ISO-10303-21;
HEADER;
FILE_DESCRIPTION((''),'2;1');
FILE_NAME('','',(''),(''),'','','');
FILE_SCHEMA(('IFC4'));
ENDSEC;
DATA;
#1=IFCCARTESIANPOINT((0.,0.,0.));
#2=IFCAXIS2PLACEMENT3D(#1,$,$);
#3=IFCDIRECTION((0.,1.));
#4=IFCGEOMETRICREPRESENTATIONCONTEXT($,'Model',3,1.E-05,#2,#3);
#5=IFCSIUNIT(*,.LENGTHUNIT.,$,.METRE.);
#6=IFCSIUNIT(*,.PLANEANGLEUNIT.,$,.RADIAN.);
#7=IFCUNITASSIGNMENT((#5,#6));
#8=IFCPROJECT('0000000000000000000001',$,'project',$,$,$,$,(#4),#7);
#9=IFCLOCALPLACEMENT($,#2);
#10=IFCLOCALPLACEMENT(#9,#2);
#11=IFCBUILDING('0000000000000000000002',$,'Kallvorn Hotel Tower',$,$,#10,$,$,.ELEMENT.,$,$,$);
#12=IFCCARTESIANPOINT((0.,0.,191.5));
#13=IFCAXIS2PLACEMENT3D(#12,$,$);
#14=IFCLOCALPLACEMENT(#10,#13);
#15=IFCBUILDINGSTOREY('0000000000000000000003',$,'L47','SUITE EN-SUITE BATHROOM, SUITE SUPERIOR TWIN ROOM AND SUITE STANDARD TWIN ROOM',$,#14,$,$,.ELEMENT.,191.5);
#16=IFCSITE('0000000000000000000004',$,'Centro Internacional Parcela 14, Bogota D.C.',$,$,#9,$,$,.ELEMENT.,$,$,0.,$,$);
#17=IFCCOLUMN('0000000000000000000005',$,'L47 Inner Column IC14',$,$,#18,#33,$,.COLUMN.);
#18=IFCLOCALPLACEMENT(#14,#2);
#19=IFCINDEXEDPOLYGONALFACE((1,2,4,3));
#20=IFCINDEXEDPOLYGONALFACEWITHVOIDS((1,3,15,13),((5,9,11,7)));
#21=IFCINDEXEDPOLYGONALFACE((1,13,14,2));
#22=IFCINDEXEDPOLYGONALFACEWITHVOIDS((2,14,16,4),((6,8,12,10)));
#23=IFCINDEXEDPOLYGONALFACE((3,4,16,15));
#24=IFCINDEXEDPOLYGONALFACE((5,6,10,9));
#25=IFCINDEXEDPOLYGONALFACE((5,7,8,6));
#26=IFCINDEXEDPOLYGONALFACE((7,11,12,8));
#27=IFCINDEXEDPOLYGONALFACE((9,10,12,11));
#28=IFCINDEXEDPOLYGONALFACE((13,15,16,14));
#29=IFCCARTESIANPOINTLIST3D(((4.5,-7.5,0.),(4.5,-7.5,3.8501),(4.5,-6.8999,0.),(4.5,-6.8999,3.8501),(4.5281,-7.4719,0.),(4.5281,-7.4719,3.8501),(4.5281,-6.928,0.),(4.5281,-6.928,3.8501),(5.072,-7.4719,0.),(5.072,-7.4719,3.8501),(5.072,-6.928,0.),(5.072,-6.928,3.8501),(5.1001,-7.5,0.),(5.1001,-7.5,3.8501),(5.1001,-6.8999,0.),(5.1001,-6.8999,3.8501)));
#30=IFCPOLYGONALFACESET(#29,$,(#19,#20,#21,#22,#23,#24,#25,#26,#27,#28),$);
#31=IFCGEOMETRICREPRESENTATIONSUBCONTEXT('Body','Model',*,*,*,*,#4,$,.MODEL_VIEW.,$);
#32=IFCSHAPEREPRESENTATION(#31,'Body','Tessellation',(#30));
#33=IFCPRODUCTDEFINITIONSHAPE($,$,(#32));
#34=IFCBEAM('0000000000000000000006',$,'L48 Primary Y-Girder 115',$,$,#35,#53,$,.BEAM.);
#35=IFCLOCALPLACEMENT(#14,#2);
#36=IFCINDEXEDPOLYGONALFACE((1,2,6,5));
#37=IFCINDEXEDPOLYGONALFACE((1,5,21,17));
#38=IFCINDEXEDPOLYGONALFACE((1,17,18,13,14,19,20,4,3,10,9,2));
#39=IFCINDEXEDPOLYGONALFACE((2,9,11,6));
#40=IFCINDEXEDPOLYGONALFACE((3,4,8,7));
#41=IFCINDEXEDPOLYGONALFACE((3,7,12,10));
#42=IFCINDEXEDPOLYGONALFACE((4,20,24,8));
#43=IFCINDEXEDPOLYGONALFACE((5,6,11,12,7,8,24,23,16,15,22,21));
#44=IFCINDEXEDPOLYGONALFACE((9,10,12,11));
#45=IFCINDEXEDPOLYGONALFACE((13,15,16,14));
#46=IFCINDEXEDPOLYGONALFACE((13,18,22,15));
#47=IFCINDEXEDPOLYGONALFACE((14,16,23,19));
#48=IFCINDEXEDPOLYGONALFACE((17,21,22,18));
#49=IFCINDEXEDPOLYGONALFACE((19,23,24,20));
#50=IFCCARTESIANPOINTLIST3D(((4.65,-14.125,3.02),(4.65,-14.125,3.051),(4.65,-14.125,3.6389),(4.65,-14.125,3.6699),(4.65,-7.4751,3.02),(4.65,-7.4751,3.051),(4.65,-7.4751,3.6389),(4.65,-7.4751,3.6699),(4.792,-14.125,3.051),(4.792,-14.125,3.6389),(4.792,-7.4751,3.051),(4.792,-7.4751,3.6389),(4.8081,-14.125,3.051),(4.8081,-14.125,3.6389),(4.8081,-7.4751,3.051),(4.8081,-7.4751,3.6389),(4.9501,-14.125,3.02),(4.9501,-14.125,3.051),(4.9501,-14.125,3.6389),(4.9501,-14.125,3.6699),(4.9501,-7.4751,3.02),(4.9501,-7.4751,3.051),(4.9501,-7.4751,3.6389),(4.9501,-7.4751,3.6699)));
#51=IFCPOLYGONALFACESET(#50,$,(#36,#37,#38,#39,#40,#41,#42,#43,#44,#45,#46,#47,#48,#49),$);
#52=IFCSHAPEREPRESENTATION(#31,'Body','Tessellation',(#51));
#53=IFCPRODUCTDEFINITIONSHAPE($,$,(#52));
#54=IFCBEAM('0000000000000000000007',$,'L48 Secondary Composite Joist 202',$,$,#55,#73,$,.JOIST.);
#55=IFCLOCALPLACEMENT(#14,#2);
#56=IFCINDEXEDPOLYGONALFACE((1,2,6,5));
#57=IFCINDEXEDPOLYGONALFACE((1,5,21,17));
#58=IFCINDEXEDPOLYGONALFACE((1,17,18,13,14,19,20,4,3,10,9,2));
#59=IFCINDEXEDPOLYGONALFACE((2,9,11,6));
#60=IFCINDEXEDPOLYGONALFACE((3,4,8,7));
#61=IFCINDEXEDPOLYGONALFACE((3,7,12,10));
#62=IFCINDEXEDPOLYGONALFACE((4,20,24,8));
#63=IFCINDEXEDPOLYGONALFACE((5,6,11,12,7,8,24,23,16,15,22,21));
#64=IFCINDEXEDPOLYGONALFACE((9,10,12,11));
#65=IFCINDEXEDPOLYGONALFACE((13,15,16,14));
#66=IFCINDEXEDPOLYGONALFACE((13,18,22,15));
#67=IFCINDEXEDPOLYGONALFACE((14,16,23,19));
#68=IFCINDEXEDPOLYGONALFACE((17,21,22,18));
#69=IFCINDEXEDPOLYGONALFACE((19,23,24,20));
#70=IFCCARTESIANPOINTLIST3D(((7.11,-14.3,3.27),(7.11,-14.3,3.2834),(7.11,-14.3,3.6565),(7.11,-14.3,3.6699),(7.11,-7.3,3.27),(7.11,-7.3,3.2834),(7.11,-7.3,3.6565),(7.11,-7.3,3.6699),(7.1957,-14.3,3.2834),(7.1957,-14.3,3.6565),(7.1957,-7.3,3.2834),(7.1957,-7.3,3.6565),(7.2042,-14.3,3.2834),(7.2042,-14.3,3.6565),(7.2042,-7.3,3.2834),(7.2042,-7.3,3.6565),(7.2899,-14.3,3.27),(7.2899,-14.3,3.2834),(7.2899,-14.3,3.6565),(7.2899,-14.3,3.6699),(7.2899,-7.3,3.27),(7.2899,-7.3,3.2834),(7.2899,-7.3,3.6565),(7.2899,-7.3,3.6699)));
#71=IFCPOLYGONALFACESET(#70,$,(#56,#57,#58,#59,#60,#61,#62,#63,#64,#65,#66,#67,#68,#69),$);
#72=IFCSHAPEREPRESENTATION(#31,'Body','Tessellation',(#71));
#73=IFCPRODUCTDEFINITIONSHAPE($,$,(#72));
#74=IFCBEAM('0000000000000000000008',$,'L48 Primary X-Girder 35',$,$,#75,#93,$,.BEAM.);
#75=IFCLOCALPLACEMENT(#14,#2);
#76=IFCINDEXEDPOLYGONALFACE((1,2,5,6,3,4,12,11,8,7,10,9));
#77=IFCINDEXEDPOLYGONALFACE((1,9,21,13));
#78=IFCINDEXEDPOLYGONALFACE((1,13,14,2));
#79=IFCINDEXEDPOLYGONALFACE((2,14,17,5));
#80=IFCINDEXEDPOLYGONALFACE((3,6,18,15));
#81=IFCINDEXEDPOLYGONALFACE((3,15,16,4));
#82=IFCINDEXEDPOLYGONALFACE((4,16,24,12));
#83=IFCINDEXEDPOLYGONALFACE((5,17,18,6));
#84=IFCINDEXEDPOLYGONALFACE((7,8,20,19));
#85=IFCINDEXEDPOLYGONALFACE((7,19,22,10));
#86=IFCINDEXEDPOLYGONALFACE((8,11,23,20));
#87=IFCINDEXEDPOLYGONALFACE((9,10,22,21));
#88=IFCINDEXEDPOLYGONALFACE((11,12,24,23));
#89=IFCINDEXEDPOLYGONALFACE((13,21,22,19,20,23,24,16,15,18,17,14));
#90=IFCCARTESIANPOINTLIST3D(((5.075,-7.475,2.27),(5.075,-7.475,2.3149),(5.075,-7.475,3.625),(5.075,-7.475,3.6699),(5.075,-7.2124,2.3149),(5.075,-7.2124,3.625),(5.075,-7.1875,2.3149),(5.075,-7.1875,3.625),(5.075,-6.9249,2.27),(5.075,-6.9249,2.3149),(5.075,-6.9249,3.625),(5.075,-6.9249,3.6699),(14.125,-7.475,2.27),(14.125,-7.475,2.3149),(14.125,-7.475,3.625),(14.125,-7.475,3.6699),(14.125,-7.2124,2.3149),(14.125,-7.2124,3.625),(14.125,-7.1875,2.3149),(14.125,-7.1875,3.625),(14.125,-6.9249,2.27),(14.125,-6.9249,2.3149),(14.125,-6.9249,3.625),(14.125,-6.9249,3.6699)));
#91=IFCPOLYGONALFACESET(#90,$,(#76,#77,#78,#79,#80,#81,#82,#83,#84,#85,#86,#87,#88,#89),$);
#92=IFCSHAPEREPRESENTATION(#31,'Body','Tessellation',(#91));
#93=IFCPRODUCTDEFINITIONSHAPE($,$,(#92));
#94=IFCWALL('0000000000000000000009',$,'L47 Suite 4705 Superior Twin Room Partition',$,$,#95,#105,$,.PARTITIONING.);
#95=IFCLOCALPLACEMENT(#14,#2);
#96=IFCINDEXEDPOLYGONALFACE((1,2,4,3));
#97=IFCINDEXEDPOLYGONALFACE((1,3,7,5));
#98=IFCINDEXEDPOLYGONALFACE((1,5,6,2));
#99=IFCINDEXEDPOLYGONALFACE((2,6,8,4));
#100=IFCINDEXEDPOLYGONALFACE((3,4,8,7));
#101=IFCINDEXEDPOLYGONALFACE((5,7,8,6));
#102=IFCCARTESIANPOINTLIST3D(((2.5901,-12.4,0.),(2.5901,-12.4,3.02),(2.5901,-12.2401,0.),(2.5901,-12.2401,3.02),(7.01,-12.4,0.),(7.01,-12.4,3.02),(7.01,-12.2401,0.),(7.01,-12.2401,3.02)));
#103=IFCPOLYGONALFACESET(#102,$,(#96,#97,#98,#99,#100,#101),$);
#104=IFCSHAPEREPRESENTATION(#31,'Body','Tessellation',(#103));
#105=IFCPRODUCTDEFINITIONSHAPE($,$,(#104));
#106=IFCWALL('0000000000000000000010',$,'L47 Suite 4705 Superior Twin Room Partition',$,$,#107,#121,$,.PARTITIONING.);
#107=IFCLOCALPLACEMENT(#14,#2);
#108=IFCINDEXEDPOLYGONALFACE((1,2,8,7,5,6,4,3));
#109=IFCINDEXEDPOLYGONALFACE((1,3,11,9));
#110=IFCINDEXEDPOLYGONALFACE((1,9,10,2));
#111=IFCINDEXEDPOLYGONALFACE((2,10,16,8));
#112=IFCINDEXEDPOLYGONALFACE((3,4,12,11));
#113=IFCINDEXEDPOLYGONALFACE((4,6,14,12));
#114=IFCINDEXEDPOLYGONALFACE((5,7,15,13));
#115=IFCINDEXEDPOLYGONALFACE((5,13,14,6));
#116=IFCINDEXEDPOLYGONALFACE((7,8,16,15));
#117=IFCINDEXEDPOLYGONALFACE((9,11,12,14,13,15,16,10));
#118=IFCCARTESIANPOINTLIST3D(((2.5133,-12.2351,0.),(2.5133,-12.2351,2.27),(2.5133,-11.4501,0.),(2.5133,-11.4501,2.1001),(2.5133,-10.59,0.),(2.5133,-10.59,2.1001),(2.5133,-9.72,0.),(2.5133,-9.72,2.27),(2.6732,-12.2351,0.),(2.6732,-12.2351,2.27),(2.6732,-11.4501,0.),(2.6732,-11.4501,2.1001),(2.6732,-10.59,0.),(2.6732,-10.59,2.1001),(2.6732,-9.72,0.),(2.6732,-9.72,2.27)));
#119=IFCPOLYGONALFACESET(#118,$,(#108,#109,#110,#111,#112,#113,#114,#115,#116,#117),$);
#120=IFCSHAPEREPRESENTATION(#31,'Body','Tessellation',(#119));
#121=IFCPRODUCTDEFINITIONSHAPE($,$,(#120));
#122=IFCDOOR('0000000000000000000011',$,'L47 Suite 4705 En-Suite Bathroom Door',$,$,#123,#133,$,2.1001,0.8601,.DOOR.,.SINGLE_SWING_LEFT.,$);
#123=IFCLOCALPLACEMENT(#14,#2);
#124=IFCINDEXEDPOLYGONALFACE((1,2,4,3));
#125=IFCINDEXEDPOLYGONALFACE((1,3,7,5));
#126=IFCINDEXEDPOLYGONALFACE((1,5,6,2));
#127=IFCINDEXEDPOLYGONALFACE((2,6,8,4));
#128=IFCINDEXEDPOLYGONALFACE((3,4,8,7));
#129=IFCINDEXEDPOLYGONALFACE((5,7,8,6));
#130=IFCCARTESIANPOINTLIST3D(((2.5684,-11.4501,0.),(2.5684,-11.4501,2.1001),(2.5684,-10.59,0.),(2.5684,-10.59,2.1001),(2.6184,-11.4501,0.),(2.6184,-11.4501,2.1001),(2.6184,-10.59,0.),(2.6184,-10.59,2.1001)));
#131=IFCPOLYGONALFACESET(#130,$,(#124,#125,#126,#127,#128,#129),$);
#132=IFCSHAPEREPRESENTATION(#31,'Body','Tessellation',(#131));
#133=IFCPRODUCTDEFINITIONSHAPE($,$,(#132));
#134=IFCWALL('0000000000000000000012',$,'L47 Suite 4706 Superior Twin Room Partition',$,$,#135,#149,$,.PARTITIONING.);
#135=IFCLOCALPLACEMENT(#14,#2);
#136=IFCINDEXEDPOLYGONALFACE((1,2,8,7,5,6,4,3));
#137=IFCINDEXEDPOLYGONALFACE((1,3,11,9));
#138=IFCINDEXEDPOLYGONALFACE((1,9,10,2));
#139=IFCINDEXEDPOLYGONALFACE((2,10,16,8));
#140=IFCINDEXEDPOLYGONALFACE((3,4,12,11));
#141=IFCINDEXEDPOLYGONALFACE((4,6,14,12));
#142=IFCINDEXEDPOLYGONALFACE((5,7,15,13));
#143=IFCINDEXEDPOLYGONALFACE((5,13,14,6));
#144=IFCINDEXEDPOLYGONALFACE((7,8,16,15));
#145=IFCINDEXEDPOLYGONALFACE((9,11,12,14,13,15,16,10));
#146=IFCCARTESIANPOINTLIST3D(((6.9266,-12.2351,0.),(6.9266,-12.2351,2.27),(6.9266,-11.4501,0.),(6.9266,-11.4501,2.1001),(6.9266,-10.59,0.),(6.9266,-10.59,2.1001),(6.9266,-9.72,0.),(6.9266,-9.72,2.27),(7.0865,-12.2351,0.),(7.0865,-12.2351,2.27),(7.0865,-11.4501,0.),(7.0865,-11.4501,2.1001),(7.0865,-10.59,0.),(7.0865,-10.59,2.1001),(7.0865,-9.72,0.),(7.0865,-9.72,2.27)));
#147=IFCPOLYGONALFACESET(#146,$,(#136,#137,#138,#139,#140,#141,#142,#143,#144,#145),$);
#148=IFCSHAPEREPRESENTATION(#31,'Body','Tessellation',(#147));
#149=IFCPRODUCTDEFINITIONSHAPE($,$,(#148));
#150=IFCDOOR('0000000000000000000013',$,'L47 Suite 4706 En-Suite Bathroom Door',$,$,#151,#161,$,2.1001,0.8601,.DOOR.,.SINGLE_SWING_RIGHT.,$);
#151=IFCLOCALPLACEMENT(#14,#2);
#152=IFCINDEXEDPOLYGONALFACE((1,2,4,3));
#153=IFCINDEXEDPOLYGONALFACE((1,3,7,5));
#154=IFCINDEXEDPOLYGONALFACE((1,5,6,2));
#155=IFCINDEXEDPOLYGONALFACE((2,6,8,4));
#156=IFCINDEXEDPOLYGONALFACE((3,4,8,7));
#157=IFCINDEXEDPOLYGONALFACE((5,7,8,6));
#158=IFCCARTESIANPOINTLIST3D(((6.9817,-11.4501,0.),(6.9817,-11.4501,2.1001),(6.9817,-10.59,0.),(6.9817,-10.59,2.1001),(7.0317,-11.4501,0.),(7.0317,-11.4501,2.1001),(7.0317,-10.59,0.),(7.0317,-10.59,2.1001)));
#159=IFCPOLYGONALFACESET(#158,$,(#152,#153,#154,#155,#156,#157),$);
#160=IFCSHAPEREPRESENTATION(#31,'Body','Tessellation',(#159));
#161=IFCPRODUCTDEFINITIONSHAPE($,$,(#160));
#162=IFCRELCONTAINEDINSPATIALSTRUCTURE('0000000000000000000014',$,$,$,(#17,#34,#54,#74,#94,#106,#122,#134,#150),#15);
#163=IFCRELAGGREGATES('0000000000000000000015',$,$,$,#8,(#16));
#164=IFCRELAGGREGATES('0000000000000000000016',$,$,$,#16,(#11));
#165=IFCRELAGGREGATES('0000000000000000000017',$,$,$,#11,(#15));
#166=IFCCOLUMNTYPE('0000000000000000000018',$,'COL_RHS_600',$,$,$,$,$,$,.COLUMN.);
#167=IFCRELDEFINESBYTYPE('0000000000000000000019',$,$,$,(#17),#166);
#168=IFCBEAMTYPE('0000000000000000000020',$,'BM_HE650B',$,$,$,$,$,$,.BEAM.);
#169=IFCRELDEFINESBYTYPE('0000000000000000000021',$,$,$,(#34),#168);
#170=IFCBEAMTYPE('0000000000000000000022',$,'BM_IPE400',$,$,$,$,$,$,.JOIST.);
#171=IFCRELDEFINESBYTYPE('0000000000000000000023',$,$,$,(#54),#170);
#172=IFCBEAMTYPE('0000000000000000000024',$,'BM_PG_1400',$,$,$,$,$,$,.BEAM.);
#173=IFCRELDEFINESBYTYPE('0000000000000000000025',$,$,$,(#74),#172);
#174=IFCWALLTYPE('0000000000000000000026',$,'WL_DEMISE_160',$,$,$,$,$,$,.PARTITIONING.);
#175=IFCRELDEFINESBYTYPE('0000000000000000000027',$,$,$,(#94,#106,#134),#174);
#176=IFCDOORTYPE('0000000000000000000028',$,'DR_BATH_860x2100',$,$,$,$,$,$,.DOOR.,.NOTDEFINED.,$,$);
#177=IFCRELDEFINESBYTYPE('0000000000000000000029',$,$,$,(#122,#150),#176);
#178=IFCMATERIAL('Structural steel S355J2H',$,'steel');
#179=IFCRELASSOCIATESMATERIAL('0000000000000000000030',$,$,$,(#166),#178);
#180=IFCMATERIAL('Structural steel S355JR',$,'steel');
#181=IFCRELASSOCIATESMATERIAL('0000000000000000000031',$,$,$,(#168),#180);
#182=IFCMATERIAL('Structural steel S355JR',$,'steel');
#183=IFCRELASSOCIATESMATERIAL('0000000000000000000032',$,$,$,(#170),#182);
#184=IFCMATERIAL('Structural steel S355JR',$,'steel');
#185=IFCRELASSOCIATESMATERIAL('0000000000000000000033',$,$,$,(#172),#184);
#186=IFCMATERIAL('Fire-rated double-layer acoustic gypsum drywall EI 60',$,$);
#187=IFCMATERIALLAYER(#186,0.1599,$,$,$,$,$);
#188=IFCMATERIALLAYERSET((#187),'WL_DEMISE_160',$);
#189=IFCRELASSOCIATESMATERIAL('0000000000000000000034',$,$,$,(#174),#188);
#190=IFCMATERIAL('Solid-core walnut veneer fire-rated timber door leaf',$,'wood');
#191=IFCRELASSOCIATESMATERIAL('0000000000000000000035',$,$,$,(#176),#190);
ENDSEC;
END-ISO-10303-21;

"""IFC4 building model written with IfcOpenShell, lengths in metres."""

from ifc_helpers import new_model, si_unit, direction, frame, frame_2d, origin, origin_2d, place, context, subcontext, project, spatial, rectangle, hollow_rectangle, i_section, extrude, material, layer, layer_set, material_profile, profile_set, type_object, element, fill, save


model = new_model("IFC4")

# Units and contexts
model_context = context("Model", 3, precision=1e-05, world=origin(), true_north=direction((0.0, 1.0)))
body_context = subcontext(model_context, "Body", "Model", "MODEL_VIEW")
ifc_project = project(units=[si_unit("LENGTHUNIT", "METRE"), si_unit("PLANEANGLEUNIT", "RADIAN")], contexts=[model_context])

# Site, building, storey
site_placement = place(None, origin())
site = spatial("IfcSite", under=ifc_project, at=site_placement, Name="Centro Internacional Parcela 14, Bogota D.C.", CompositionType="ELEMENT", RefElevation=0.0)
building_placement = place(site_placement, origin())
building = spatial("IfcBuilding", under=site, at=building_placement, Name="Kallvorn Hotel Tower", CompositionType="ELEMENT")
storey_placement = place(building_placement, frame((0.0, 0.0, 191.5)))
storey = spatial("IfcBuildingStorey", under=building, at=storey_placement, Name="L47", Description="SUITE EN-SUITE BATHROOM, SUITE SUPERIOR TWIN ROOM AND SUITE STANDARD TWIN ROOM", CompositionType="ELEMENT", Elevation=191.5)

# Column
ifc_material_1 = material(Name="Structural steel S355J2H", Category="steel")
ifc_material_profile_1 = material_profile(ifc_material_1, hollow_rectangle(XDim=0.6001, YDim=0.6001, WallThickness=0.0281, at=origin_2d()), Name="RHS 600x600x28")
ifc_profile_set_1 = profile_set([ifc_material_profile_1], Name="Structural steel S355J2H")
column_type = type_object("IfcColumnType", Name="COL_RHS_600", PredefinedType="COLUMN", material=ifc_profile_set_1)
column_placement = place(storey_placement, frame((4.8, -7.2, 0.0), z_axis=(0.0, 0.0, 1.0), x_axis=(1.0, 0.0, 0.0)))
element("IfcColumn", 1, at=column_placement, inside=storey, type_object=column_type, Name="L47 Inner Column IC14", PredefinedType="COLUMN", context=body_context, shape_type="SweptSolid", body=[
    extrude(hollow_rectangle(XDim=0.6001, YDim=0.6001, WallThickness=0.0281, at=origin_2d()), origin(), (0.0, 0.0, 1.0), 3.8501),
])

# Beams
ifc_material_2 = material(Name="Structural steel S355JR", Category="steel")
ifc_material_profile_2 = material_profile(ifc_material_2, i_section(OverallWidth=0.3, OverallDepth=0.6499, WebThickness=0.0161, FlangeThickness=0.031, at=origin_2d()), Name="HE 650 B")
ifc_profile_set_2 = profile_set([ifc_material_profile_2], Name="Structural steel S355JR")
beam_type_1 = type_object("IfcBeamType", Name="BM_HE650B", PredefinedType="BEAM", material=ifc_profile_set_2)
beam_1_placement = place(storey_placement, frame((4.8, -14.125, 3.345), z_axis=(0.0, 1.0, 0.0), x_axis=(-1.0, 0.0, 0.0)))
element("IfcBeam", 2, at=beam_1_placement, inside=storey, type_object=beam_type_1, Name="L48 Primary Y-Girder 115", PredefinedType="BEAM", context=body_context, shape_type="SweptSolid", body=[
    extrude(i_section(OverallWidth=0.3, OverallDepth=0.6499, WebThickness=0.0161, FlangeThickness=0.031, at=origin_2d()), origin(), (0.0, 0.0, 1.0), 6.6499),
])
ifc_material_3 = material(Name="Structural steel S355JR", Category="steel")
ifc_material_profile_3 = material_profile(ifc_material_3, i_section(OverallWidth=0.1799, OverallDepth=0.3999, WebThickness=0.0085, FlangeThickness=0.0134, at=origin_2d()), Name="IPE 400")
ifc_profile_set_3 = profile_set([ifc_material_profile_3], Name="Structural steel S355JR")
beam_type_2 = type_object("IfcBeamType", Name="BM_IPE400", PredefinedType="JOIST", material=ifc_profile_set_3)
beam_2_placement = place(storey_placement, frame((7.2, -14.3, 3.47), z_axis=(0.0, 1.0, 0.0), x_axis=(-1.0, 0.0, 0.0)))
element("IfcBeam", 3, at=beam_2_placement, inside=storey, type_object=beam_type_2, Name="L48 Secondary Composite Joist 202", PredefinedType="JOIST", context=body_context, shape_type="SweptSolid", body=[
    extrude(i_section(OverallWidth=0.1799, OverallDepth=0.3999, WebThickness=0.0085, FlangeThickness=0.0134, at=origin_2d()), origin(), (0.0, 0.0, 1.0), 7.0),
])
ifc_material_4 = material(Name="Structural steel S355JR", Category="steel")
ifc_material_profile_4 = material_profile(ifc_material_4, i_section(OverallWidth=0.55, OverallDepth=1.3999, WebThickness=0.0249, FlangeThickness=0.0449, at=origin_2d()), Name="PG 1400x550x25x45")
ifc_profile_set_4 = profile_set([ifc_material_profile_4], Name="Structural steel S355JR")
beam_type_3 = type_object("IfcBeamType", Name="BM_PG_1400", PredefinedType="BEAM", material=ifc_profile_set_4)
beam_3_placement = place(storey_placement, frame((5.075, -7.2, 2.97), z_axis=(1.0, 0.0, 0.0), x_axis=(0.0, 1.0, 0.0)))
element("IfcBeam", 4, at=beam_3_placement, inside=storey, type_object=beam_type_3, Name="L48 Primary X-Girder 35", PredefinedType="BEAM", context=body_context, shape_type="SweptSolid", body=[
    extrude(i_section(OverallWidth=0.55, OverallDepth=1.3999, WebThickness=0.0249, FlangeThickness=0.0449, at=origin_2d()), origin(), (0.0, 0.0, 1.0), 9.05),
])

# Wall
ifc_material_5 = material(Name="Fire-rated double-layer acoustic gypsum drywall EI 60")
ifc_layer_1 = layer(ifc_material_5, 0.1599)
ifc_layer_set_1 = layer_set([ifc_layer_1], Name="WL_DEMISE_160")
wall_type_1 = type_object("IfcWallType", Name="WL_DEMISE_160", PredefinedType="PARTITIONING", material=ifc_layer_set_1)
wall_1_placement = place(storey_placement, frame((2.5901, -12.3201, 0.0), z_axis=(0.0, 0.0, 1.0), x_axis=(1.0, 0.0, 0.0)))
element("IfcWall", 5, at=wall_1_placement, inside=storey, type_object=wall_type_1, Name="L47 Suite 4705 Superior Twin Room Partition", PredefinedType="PARTITIONING", context=body_context, shape_type="SweptSolid", body=[
    extrude(rectangle(XDim=4.4199, YDim=0.1599, at=frame_2d((2.21, 0.0))), origin(), (0.0, 0.0, 1.0), 3.02),
])

# Walls, openings, doors
wall_2_placement = place(storey_placement, frame((2.5933, -12.2351, 0.0), z_axis=(0.0, 0.0, 1.0), x_axis=(0.0, 1.0, 0.0)))
wall_2 = element("IfcWall", 6, at=wall_2_placement, inside=storey, type_object=wall_type_1, Name="L47 Suite 4705 Superior Twin Room Partition", PredefinedType="PARTITIONING", context=body_context, shape_type="SweptSolid", body=[
    extrude(rectangle(XDim=2.5151, YDim=0.1599, at=frame_2d((1.2576, 0.0))), origin(), (0.0, 0.0, 1.0), 2.27),
])
opening_1_placement = place(wall_2_placement, frame((0.7849, 0.0, 0.0)))
opening_1 = element("IfcOpeningElement", 7, at=opening_1_placement, cuts=wall_2, PredefinedType="OPENING", context=body_context, shape_type="SweptSolid", body=[
    extrude(rectangle(XDim=0.8601, YDim=2.1001, at=frame_2d((0.4302, 1.05))), frame((0.0, 0.095, 0.0), z_axis=(0.0, -1.0, 0.0), x_axis=(1.0, 0.0, 0.0)), (0.0, 0.0, 1.0), 0.1899),
])
ifc_material_6 = material(Name="Solid-core walnut veneer fire-rated timber door leaf", Category="wood")
door_type_1 = type_object("IfcDoorType", Name="DR_BATH_860x2100", OperationType="NOTDEFINED", PredefinedType="DOOR", material=ifc_material_6)
door_1_placement = place(opening_1_placement, origin())
door_1 = element("IfcDoor", 8, at=door_1_placement, inside=storey, type_object=door_type_1, Name="L47 Suite 4705 En-Suite Bathroom Door", OperationType="SINGLE_SWING_LEFT", OverallHeight=2.1001, OverallWidth=0.8601, PredefinedType="DOOR", context=body_context, shape_type="SweptSolid", body=[
    extrude(rectangle(XDim=0.8601, YDim=2.1001, at=frame_2d((0.4302, 1.05))), frame((0.0, 0.0249, 0.0), z_axis=(0.0, -1.0, 0.0), x_axis=(1.0, 0.0, 0.0)), (0.0, 0.0, 1.0), 0.05),
])
fill(opening_1, door_1)
wall_3_placement = place(storey_placement, frame((7.0066, -12.2351, 0.0), z_axis=(0.0, 0.0, 1.0), x_axis=(0.0, 1.0, 0.0)))
wall_3 = element("IfcWall", 9, at=wall_3_placement, inside=storey, type_object=wall_type_1, Name="L47 Suite 4706 Superior Twin Room Partition", PredefinedType="PARTITIONING", context=body_context, shape_type="SweptSolid", body=[
    extrude(rectangle(XDim=2.5151, YDim=0.1599, at=frame_2d((1.2576, 0.0))), origin(), (0.0, 0.0, 1.0), 2.27),
])
opening_2_placement = place(wall_3_placement, frame((0.7849, 0.0, 0.0)))
opening_2 = element("IfcOpeningElement", 10, at=opening_2_placement, cuts=wall_3, PredefinedType="OPENING", context=body_context, shape_type="SweptSolid", body=[
    extrude(rectangle(XDim=0.8601, YDim=2.1001, at=frame_2d((0.4302, 1.05))), frame((0.0, 0.095, 0.0), z_axis=(0.0, -1.0, 0.0), x_axis=(1.0, 0.0, 0.0)), (0.0, 0.0, 1.0), 0.1899),
])
door_2_placement = place(opening_2_placement, origin())
door_2 = element("IfcDoor", 11, at=door_2_placement, inside=storey, type_object=door_type_1, Name="L47 Suite 4706 En-Suite Bathroom Door", OperationType="SINGLE_SWING_RIGHT", OverallHeight=2.1001, OverallWidth=0.8601, PredefinedType="DOOR", context=body_context, shape_type="SweptSolid", body=[
    extrude(rectangle(XDim=0.8601, YDim=2.1001, at=frame_2d((0.4302, 1.05))), frame((0.0, 0.0249, 0.0), z_axis=(0.0, -1.0, 0.0), x_axis=(1.0, 0.0, 0.0)), (0.0, 0.0, 1.0), 0.05),
])
fill(opening_2, door_2)

save(model, "model.ifc")
